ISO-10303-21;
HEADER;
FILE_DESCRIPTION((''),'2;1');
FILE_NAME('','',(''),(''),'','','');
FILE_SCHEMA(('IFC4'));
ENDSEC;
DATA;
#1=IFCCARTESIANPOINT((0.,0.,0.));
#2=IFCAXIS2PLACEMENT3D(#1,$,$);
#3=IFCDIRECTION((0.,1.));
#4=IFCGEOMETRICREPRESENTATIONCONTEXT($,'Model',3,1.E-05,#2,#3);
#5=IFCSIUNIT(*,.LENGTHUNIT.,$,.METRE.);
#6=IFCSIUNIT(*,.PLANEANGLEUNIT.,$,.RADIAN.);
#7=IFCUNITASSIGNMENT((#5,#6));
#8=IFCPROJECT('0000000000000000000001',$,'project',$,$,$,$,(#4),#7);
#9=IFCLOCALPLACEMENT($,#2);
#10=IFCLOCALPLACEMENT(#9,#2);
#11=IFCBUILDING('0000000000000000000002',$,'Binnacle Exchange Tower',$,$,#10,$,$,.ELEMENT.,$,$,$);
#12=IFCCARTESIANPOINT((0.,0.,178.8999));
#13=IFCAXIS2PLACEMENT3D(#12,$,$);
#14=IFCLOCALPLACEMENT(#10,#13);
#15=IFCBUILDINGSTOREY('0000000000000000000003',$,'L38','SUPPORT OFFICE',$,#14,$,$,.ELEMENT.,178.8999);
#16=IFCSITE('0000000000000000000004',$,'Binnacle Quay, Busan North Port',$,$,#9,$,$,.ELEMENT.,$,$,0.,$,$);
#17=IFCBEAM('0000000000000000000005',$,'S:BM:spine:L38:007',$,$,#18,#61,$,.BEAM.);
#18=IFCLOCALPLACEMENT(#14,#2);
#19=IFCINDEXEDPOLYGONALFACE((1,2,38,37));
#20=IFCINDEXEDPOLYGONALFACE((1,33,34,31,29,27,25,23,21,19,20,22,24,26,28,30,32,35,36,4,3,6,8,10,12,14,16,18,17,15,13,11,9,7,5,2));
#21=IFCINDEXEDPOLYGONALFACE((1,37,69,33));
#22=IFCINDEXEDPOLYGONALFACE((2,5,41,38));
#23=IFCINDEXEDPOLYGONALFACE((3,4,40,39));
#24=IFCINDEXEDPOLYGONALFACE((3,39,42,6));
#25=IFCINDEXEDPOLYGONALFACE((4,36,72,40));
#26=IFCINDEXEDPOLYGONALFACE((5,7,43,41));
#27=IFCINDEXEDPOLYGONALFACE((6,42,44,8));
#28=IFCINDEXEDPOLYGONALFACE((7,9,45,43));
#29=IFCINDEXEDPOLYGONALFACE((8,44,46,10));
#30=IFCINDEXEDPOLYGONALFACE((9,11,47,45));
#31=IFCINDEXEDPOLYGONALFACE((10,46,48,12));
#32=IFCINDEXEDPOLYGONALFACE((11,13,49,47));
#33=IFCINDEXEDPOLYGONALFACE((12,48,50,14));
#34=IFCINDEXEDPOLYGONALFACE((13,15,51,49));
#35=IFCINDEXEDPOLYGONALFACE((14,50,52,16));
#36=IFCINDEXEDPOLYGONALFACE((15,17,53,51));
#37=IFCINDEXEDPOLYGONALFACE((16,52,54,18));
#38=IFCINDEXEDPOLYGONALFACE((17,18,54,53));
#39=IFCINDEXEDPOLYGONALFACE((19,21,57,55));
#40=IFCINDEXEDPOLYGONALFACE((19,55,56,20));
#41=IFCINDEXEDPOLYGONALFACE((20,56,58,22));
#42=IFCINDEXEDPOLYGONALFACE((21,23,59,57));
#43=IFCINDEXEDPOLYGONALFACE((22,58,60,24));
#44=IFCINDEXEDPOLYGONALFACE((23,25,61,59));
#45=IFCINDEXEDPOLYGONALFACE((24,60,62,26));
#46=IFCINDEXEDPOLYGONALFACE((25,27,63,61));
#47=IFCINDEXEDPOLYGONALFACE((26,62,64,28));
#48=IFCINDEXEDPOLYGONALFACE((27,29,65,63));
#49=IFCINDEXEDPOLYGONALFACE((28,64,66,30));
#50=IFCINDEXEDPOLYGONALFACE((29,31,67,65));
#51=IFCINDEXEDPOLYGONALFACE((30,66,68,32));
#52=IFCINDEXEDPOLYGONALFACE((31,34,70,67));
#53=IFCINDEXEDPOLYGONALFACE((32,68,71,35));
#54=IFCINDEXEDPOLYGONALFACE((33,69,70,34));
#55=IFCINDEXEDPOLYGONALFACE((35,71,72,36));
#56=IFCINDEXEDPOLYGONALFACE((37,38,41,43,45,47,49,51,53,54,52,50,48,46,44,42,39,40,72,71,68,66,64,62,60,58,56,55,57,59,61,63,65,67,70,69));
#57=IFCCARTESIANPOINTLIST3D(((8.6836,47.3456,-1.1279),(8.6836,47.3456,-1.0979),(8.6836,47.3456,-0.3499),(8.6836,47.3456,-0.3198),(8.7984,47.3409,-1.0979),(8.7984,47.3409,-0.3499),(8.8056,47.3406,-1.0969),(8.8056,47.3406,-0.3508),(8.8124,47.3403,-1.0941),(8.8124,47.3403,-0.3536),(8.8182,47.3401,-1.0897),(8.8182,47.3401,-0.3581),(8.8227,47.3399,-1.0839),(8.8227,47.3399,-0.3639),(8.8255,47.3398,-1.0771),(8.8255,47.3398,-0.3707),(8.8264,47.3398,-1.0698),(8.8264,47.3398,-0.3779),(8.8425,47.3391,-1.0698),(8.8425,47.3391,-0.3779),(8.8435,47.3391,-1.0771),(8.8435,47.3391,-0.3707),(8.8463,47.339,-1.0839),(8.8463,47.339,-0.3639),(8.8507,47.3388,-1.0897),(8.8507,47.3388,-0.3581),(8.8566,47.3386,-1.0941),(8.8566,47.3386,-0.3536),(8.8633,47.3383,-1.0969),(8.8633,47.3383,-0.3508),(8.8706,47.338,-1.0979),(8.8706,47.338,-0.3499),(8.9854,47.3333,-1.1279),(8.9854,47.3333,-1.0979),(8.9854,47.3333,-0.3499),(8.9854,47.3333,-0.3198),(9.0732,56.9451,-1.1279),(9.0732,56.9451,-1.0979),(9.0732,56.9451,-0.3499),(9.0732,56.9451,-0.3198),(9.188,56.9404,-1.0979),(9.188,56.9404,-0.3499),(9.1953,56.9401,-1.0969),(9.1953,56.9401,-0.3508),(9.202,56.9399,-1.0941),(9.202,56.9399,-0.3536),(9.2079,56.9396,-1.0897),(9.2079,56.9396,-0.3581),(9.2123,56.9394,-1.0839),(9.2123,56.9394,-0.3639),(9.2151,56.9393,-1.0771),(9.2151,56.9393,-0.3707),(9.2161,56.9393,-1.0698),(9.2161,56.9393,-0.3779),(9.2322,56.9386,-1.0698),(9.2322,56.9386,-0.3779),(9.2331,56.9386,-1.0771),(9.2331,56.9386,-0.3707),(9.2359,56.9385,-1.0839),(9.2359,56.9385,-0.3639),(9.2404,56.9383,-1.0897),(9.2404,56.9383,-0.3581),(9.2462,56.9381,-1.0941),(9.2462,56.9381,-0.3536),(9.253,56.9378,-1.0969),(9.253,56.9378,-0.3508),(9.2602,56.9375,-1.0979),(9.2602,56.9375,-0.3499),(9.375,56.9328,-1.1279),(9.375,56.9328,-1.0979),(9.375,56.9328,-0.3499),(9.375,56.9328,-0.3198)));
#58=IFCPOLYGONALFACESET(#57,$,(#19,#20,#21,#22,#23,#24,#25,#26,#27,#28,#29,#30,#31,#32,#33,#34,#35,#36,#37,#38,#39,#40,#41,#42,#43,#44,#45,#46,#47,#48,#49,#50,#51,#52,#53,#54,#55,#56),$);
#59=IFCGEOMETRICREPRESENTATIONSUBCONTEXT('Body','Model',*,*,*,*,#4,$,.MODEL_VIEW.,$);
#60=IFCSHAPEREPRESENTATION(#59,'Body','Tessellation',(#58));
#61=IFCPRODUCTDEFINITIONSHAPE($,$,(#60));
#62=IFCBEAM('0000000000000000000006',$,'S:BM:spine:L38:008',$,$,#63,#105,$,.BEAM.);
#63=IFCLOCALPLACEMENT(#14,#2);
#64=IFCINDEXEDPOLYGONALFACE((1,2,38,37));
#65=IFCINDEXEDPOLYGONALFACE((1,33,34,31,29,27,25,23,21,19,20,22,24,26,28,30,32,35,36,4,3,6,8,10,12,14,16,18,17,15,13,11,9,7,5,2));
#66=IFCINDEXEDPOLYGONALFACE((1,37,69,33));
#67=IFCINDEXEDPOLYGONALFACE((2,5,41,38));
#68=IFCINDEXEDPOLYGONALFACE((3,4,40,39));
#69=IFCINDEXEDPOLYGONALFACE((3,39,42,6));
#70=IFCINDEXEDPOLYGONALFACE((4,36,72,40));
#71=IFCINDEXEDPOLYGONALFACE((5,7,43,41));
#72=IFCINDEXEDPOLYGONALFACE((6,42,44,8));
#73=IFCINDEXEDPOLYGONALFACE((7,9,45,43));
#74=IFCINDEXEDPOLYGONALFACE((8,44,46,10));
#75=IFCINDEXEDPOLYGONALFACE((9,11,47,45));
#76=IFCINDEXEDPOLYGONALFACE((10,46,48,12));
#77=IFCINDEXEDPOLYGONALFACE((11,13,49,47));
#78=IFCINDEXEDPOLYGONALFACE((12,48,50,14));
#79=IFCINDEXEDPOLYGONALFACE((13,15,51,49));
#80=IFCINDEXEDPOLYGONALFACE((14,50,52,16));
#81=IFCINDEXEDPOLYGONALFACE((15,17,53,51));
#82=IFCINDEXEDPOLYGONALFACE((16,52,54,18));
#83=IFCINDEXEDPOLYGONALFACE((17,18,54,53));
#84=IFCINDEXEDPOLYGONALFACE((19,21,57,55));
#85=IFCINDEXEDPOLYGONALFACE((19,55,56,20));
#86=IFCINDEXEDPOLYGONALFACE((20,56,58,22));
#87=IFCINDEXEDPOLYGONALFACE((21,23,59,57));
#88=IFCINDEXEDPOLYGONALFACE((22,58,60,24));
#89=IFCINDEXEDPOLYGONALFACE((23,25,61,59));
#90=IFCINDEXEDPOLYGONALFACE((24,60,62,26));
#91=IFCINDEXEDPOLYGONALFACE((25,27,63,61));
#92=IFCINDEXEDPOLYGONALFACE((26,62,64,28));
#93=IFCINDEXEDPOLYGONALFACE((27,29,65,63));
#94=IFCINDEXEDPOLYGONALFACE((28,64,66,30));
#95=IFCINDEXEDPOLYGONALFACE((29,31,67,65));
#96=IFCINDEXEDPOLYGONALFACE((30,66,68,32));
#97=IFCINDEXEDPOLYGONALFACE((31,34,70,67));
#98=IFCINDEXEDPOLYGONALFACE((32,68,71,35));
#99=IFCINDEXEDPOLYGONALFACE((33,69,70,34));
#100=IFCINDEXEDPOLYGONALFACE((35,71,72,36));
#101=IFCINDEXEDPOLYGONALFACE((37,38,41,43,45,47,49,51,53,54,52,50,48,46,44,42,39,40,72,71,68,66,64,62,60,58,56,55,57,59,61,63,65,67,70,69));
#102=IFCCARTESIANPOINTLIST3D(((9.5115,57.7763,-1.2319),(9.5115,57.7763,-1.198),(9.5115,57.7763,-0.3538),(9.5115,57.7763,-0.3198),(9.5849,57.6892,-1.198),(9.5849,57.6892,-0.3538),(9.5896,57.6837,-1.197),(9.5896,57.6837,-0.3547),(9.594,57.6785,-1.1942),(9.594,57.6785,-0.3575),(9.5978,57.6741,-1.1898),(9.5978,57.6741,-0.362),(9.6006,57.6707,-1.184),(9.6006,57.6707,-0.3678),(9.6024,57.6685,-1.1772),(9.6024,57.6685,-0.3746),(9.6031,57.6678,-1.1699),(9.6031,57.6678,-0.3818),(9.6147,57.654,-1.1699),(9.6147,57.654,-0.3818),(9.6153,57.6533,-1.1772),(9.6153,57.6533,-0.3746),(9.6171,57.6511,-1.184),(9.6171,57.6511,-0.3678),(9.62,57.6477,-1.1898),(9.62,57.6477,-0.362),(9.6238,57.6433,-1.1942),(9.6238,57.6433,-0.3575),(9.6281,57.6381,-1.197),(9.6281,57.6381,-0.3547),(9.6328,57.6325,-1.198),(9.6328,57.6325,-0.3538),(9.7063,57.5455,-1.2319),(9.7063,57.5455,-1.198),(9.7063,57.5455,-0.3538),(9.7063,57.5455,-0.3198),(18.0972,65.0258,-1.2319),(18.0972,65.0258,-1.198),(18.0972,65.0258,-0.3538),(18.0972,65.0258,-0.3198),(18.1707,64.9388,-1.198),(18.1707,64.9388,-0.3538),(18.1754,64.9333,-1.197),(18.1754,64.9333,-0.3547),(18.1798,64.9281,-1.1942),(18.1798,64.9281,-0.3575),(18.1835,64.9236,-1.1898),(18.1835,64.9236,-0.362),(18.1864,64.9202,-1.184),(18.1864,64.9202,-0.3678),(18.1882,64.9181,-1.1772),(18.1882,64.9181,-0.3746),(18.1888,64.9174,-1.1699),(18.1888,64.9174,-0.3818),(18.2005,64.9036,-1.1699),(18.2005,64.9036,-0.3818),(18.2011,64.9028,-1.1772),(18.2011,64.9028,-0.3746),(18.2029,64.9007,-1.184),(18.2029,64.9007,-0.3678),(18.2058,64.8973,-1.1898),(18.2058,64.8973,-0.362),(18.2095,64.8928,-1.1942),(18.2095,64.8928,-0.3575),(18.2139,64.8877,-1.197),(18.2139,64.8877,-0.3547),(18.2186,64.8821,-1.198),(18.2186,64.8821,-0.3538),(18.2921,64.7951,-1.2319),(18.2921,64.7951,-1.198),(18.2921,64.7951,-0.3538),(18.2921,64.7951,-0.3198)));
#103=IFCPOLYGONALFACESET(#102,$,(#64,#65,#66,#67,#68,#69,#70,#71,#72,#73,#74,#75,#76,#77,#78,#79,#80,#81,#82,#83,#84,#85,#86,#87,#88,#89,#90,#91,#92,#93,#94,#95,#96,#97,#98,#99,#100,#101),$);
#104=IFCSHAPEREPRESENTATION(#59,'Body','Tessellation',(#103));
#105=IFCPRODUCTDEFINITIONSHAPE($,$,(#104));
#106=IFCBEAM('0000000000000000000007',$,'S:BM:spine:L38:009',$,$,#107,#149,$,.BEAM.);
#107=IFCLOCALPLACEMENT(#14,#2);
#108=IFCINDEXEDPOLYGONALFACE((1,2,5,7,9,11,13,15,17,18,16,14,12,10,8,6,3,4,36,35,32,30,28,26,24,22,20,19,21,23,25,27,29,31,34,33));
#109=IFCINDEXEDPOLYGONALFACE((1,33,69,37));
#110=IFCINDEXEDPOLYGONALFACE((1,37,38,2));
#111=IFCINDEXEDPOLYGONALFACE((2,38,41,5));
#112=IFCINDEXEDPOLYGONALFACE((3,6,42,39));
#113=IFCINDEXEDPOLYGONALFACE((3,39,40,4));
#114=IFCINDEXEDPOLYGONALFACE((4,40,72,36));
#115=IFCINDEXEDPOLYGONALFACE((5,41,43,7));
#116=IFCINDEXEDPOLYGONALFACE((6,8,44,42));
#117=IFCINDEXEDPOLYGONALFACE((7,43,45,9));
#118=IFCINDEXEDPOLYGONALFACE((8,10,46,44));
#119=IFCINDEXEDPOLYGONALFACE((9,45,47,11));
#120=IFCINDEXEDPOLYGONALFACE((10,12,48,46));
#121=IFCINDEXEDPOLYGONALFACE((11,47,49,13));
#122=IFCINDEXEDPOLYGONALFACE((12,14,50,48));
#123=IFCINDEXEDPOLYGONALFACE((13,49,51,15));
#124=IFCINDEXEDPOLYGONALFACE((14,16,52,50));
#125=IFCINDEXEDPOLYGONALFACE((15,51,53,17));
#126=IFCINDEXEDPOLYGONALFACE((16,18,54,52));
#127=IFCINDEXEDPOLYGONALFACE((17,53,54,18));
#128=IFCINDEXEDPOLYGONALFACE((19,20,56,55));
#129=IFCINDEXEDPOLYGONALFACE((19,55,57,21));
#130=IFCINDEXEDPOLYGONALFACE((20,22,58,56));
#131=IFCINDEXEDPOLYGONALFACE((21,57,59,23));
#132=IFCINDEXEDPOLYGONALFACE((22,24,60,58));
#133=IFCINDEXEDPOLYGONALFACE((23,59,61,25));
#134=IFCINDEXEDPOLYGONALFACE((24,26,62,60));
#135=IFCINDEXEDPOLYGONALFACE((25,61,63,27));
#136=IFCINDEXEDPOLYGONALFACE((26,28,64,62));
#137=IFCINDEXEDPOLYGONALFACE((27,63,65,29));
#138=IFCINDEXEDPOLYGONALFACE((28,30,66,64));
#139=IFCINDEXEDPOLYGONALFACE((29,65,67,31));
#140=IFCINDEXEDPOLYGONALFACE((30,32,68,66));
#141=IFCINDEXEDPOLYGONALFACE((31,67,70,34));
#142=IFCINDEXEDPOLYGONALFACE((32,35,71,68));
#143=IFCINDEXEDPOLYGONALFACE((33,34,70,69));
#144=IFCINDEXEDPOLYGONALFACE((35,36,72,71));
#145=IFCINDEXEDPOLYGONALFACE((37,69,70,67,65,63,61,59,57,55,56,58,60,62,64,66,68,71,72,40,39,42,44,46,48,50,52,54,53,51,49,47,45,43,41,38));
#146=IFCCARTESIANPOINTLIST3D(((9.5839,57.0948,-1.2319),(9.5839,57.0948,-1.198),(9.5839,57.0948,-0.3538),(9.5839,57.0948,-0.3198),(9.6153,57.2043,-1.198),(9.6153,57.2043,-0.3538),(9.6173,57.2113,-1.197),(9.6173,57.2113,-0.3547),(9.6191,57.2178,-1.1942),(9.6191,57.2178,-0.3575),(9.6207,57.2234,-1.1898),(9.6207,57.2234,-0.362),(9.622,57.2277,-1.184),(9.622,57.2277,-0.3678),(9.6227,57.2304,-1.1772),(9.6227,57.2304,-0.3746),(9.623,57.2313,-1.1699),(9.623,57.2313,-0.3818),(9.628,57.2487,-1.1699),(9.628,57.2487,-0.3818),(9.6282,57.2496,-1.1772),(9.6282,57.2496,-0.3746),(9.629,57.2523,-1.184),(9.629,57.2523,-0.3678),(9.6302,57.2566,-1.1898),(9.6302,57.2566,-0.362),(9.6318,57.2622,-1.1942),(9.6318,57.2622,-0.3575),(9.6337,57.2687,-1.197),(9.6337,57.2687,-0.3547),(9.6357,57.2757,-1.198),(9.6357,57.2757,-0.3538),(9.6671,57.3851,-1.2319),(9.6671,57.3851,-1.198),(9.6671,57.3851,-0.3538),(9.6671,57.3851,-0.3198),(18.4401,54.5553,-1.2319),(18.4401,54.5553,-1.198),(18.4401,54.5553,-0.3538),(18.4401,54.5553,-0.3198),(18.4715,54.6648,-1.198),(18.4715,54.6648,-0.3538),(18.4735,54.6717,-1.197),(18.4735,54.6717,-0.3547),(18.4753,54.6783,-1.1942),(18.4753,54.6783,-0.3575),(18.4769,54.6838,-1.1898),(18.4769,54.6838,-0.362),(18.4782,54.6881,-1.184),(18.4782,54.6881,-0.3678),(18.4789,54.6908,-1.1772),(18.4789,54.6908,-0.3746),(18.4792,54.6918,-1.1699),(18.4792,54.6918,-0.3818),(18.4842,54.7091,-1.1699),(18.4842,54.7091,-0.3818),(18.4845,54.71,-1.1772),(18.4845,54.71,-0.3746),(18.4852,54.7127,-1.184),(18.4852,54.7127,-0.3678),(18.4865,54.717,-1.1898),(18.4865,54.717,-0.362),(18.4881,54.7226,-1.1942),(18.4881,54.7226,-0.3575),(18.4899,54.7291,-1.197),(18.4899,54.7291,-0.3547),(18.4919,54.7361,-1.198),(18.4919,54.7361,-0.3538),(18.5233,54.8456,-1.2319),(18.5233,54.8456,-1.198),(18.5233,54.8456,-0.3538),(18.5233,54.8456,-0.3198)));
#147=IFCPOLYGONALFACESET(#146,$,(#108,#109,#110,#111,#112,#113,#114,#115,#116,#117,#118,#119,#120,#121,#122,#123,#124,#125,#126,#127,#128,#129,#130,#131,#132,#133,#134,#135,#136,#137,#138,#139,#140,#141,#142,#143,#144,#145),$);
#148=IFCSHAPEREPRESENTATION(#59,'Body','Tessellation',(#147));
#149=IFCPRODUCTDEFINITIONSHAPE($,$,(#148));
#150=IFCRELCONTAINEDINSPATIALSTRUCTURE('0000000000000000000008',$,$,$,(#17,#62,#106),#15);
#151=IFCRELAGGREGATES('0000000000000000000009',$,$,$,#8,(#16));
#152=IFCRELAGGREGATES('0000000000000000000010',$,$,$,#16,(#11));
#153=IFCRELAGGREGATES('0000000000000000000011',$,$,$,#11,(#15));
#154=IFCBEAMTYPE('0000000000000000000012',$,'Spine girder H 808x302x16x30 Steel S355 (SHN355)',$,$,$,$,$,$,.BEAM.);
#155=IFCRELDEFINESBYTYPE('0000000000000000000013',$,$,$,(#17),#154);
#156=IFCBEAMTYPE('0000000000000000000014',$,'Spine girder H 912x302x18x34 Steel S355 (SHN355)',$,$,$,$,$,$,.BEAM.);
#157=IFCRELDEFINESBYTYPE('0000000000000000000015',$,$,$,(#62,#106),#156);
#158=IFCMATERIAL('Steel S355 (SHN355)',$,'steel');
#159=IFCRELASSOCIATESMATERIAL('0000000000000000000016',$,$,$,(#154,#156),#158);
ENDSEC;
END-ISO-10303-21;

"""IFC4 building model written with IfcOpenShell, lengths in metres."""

from ifc_helpers import new_model, si_unit, direction, frame, origin, origin_2d, place, context, subcontext, project, spatial, i_section, extrude, material, material_profile, profile_set, type_object, element, save


model = new_model("IFC4")

# Units and contexts
model_context = context("Model", 3, precision=1e-05, world=origin(), true_north=direction((0.0, 1.0)))
body_context = subcontext(model_context, "Body", "Model", "MODEL_VIEW")
ifc_project = project(units=[si_unit("LENGTHUNIT", "METRE"), si_unit("PLANEANGLEUNIT", "RADIAN")], contexts=[model_context])

# Site, building, storey
site_placement = place(None, origin())
site = spatial("IfcSite", under=ifc_project, at=site_placement, Name="Binnacle Quay, Busan North Port", CompositionType="ELEMENT", RefElevation=0.0)
building_placement = place(site_placement, origin())
building = spatial("IfcBuilding", under=site, at=building_placement, Name="Binnacle Exchange Tower", CompositionType="ELEMENT")
storey_placement = place(building_placement, frame((0.0, 0.0, 178.8999)))
storey = spatial("IfcBuildingStorey", under=building, at=storey_placement, Name="L38", Description="SUPPORT OFFICE", CompositionType="ELEMENT", Elevation=178.8999)

# Beams
ifc_material_1 = material(Name="Steel S355 (SHN355)", Category="steel")
ifc_material_profile_1 = material_profile(ifc_material_1, i_section(OverallWidth=0.302, OverallDepth=0.8081, WebThickness=0.0161, FlangeThickness=0.03, FilletRadius=0.0281, at=origin_2d()), Name="H 808x302x16x30")
ifc_profile_set_1 = profile_set([ifc_material_profile_1], Name="Steel S355 (SHN355)")
beam_type_1 = type_object("IfcBeamType", Name="Spine girder H 808x302x16x30 Steel S355 (SHN355)", PredefinedType="BEAM", material=ifc_profile_set_1)
beam_1_placement = place(storey_placement, frame((9.2241, 56.939, -0.7239), z_axis=(-0.040557, -0.999177, 0.0), x_axis=(0.999177, -0.040557, 0.0)))
element("IfcBeam", 1, at=beam_1_placement, inside=storey, type_object=beam_type_1, Name="S:BM:spine:L38:007", PredefinedType="BEAM", context=body_context, shape_type="SweptSolid", body=[
    extrude(i_section(OverallWidth=0.302, OverallDepth=0.8081, WebThickness=0.0161, FlangeThickness=0.03, FilletRadius=0.0281, at=origin_2d()), origin(), (0.0, 0.0, 1.0), 9.6074),
])
ifc_material_profile_2 = material_profile(ifc_material_1, i_section(OverallWidth=0.302, OverallDepth=0.9121, WebThickness=0.0181, FlangeThickness=0.0339, FilletRadius=0.0281, at=origin_2d()), Name="H 912x302x18x34")
ifc_profile_set_2 = profile_set([ifc_material_profile_2], Name="Steel S355 (SHN355)")
beam_type_2 = type_object("IfcBeamType", Name="Spine girder H 912x302x18x34 Steel S355 (SHN355)", PredefinedType="BEAM", material=ifc_profile_set_2)
beam_2_placement = place(storey_placement, frame((9.6089, 57.6609, -0.7759), z_axis=(0.764058, 0.645148, 0.0), x_axis=(-0.645148, 0.764058, 0.0)))
element("IfcBeam", 2, at=beam_2_placement, inside=storey, type_object=beam_type_2, Name="S:BM:spine:L38:008", PredefinedType="BEAM", context=body_context, shape_type="SweptSolid", body=[
    extrude(i_section(OverallWidth=0.302, OverallDepth=0.9121, WebThickness=0.0181, FlangeThickness=0.0339, FilletRadius=0.0281, at=origin_2d()), origin(), (0.0, 0.0, 1.0), 11.2371),
])
beam_3_placement = place(storey_placement, frame((9.6255, 57.24, -0.7759), z_axis=(0.96126, -0.275645, 0.0), x_axis=(0.275645, 0.96126, 0.0)))
element("IfcBeam", 3, at=beam_3_placement, inside=storey, type_object=beam_type_2, Name="S:BM:spine:L38:009", PredefinedType="BEAM", context=body_context, shape_type="SweptSolid", body=[
    extrude(i_section(OverallWidth=0.302, OverallDepth=0.9121, WebThickness=0.0181, FlangeThickness=0.0339, FilletRadius=0.0281, at=origin_2d()), origin(), (0.0, 0.0, 1.0), 9.2131),
])

save(model, "model.ifc")
